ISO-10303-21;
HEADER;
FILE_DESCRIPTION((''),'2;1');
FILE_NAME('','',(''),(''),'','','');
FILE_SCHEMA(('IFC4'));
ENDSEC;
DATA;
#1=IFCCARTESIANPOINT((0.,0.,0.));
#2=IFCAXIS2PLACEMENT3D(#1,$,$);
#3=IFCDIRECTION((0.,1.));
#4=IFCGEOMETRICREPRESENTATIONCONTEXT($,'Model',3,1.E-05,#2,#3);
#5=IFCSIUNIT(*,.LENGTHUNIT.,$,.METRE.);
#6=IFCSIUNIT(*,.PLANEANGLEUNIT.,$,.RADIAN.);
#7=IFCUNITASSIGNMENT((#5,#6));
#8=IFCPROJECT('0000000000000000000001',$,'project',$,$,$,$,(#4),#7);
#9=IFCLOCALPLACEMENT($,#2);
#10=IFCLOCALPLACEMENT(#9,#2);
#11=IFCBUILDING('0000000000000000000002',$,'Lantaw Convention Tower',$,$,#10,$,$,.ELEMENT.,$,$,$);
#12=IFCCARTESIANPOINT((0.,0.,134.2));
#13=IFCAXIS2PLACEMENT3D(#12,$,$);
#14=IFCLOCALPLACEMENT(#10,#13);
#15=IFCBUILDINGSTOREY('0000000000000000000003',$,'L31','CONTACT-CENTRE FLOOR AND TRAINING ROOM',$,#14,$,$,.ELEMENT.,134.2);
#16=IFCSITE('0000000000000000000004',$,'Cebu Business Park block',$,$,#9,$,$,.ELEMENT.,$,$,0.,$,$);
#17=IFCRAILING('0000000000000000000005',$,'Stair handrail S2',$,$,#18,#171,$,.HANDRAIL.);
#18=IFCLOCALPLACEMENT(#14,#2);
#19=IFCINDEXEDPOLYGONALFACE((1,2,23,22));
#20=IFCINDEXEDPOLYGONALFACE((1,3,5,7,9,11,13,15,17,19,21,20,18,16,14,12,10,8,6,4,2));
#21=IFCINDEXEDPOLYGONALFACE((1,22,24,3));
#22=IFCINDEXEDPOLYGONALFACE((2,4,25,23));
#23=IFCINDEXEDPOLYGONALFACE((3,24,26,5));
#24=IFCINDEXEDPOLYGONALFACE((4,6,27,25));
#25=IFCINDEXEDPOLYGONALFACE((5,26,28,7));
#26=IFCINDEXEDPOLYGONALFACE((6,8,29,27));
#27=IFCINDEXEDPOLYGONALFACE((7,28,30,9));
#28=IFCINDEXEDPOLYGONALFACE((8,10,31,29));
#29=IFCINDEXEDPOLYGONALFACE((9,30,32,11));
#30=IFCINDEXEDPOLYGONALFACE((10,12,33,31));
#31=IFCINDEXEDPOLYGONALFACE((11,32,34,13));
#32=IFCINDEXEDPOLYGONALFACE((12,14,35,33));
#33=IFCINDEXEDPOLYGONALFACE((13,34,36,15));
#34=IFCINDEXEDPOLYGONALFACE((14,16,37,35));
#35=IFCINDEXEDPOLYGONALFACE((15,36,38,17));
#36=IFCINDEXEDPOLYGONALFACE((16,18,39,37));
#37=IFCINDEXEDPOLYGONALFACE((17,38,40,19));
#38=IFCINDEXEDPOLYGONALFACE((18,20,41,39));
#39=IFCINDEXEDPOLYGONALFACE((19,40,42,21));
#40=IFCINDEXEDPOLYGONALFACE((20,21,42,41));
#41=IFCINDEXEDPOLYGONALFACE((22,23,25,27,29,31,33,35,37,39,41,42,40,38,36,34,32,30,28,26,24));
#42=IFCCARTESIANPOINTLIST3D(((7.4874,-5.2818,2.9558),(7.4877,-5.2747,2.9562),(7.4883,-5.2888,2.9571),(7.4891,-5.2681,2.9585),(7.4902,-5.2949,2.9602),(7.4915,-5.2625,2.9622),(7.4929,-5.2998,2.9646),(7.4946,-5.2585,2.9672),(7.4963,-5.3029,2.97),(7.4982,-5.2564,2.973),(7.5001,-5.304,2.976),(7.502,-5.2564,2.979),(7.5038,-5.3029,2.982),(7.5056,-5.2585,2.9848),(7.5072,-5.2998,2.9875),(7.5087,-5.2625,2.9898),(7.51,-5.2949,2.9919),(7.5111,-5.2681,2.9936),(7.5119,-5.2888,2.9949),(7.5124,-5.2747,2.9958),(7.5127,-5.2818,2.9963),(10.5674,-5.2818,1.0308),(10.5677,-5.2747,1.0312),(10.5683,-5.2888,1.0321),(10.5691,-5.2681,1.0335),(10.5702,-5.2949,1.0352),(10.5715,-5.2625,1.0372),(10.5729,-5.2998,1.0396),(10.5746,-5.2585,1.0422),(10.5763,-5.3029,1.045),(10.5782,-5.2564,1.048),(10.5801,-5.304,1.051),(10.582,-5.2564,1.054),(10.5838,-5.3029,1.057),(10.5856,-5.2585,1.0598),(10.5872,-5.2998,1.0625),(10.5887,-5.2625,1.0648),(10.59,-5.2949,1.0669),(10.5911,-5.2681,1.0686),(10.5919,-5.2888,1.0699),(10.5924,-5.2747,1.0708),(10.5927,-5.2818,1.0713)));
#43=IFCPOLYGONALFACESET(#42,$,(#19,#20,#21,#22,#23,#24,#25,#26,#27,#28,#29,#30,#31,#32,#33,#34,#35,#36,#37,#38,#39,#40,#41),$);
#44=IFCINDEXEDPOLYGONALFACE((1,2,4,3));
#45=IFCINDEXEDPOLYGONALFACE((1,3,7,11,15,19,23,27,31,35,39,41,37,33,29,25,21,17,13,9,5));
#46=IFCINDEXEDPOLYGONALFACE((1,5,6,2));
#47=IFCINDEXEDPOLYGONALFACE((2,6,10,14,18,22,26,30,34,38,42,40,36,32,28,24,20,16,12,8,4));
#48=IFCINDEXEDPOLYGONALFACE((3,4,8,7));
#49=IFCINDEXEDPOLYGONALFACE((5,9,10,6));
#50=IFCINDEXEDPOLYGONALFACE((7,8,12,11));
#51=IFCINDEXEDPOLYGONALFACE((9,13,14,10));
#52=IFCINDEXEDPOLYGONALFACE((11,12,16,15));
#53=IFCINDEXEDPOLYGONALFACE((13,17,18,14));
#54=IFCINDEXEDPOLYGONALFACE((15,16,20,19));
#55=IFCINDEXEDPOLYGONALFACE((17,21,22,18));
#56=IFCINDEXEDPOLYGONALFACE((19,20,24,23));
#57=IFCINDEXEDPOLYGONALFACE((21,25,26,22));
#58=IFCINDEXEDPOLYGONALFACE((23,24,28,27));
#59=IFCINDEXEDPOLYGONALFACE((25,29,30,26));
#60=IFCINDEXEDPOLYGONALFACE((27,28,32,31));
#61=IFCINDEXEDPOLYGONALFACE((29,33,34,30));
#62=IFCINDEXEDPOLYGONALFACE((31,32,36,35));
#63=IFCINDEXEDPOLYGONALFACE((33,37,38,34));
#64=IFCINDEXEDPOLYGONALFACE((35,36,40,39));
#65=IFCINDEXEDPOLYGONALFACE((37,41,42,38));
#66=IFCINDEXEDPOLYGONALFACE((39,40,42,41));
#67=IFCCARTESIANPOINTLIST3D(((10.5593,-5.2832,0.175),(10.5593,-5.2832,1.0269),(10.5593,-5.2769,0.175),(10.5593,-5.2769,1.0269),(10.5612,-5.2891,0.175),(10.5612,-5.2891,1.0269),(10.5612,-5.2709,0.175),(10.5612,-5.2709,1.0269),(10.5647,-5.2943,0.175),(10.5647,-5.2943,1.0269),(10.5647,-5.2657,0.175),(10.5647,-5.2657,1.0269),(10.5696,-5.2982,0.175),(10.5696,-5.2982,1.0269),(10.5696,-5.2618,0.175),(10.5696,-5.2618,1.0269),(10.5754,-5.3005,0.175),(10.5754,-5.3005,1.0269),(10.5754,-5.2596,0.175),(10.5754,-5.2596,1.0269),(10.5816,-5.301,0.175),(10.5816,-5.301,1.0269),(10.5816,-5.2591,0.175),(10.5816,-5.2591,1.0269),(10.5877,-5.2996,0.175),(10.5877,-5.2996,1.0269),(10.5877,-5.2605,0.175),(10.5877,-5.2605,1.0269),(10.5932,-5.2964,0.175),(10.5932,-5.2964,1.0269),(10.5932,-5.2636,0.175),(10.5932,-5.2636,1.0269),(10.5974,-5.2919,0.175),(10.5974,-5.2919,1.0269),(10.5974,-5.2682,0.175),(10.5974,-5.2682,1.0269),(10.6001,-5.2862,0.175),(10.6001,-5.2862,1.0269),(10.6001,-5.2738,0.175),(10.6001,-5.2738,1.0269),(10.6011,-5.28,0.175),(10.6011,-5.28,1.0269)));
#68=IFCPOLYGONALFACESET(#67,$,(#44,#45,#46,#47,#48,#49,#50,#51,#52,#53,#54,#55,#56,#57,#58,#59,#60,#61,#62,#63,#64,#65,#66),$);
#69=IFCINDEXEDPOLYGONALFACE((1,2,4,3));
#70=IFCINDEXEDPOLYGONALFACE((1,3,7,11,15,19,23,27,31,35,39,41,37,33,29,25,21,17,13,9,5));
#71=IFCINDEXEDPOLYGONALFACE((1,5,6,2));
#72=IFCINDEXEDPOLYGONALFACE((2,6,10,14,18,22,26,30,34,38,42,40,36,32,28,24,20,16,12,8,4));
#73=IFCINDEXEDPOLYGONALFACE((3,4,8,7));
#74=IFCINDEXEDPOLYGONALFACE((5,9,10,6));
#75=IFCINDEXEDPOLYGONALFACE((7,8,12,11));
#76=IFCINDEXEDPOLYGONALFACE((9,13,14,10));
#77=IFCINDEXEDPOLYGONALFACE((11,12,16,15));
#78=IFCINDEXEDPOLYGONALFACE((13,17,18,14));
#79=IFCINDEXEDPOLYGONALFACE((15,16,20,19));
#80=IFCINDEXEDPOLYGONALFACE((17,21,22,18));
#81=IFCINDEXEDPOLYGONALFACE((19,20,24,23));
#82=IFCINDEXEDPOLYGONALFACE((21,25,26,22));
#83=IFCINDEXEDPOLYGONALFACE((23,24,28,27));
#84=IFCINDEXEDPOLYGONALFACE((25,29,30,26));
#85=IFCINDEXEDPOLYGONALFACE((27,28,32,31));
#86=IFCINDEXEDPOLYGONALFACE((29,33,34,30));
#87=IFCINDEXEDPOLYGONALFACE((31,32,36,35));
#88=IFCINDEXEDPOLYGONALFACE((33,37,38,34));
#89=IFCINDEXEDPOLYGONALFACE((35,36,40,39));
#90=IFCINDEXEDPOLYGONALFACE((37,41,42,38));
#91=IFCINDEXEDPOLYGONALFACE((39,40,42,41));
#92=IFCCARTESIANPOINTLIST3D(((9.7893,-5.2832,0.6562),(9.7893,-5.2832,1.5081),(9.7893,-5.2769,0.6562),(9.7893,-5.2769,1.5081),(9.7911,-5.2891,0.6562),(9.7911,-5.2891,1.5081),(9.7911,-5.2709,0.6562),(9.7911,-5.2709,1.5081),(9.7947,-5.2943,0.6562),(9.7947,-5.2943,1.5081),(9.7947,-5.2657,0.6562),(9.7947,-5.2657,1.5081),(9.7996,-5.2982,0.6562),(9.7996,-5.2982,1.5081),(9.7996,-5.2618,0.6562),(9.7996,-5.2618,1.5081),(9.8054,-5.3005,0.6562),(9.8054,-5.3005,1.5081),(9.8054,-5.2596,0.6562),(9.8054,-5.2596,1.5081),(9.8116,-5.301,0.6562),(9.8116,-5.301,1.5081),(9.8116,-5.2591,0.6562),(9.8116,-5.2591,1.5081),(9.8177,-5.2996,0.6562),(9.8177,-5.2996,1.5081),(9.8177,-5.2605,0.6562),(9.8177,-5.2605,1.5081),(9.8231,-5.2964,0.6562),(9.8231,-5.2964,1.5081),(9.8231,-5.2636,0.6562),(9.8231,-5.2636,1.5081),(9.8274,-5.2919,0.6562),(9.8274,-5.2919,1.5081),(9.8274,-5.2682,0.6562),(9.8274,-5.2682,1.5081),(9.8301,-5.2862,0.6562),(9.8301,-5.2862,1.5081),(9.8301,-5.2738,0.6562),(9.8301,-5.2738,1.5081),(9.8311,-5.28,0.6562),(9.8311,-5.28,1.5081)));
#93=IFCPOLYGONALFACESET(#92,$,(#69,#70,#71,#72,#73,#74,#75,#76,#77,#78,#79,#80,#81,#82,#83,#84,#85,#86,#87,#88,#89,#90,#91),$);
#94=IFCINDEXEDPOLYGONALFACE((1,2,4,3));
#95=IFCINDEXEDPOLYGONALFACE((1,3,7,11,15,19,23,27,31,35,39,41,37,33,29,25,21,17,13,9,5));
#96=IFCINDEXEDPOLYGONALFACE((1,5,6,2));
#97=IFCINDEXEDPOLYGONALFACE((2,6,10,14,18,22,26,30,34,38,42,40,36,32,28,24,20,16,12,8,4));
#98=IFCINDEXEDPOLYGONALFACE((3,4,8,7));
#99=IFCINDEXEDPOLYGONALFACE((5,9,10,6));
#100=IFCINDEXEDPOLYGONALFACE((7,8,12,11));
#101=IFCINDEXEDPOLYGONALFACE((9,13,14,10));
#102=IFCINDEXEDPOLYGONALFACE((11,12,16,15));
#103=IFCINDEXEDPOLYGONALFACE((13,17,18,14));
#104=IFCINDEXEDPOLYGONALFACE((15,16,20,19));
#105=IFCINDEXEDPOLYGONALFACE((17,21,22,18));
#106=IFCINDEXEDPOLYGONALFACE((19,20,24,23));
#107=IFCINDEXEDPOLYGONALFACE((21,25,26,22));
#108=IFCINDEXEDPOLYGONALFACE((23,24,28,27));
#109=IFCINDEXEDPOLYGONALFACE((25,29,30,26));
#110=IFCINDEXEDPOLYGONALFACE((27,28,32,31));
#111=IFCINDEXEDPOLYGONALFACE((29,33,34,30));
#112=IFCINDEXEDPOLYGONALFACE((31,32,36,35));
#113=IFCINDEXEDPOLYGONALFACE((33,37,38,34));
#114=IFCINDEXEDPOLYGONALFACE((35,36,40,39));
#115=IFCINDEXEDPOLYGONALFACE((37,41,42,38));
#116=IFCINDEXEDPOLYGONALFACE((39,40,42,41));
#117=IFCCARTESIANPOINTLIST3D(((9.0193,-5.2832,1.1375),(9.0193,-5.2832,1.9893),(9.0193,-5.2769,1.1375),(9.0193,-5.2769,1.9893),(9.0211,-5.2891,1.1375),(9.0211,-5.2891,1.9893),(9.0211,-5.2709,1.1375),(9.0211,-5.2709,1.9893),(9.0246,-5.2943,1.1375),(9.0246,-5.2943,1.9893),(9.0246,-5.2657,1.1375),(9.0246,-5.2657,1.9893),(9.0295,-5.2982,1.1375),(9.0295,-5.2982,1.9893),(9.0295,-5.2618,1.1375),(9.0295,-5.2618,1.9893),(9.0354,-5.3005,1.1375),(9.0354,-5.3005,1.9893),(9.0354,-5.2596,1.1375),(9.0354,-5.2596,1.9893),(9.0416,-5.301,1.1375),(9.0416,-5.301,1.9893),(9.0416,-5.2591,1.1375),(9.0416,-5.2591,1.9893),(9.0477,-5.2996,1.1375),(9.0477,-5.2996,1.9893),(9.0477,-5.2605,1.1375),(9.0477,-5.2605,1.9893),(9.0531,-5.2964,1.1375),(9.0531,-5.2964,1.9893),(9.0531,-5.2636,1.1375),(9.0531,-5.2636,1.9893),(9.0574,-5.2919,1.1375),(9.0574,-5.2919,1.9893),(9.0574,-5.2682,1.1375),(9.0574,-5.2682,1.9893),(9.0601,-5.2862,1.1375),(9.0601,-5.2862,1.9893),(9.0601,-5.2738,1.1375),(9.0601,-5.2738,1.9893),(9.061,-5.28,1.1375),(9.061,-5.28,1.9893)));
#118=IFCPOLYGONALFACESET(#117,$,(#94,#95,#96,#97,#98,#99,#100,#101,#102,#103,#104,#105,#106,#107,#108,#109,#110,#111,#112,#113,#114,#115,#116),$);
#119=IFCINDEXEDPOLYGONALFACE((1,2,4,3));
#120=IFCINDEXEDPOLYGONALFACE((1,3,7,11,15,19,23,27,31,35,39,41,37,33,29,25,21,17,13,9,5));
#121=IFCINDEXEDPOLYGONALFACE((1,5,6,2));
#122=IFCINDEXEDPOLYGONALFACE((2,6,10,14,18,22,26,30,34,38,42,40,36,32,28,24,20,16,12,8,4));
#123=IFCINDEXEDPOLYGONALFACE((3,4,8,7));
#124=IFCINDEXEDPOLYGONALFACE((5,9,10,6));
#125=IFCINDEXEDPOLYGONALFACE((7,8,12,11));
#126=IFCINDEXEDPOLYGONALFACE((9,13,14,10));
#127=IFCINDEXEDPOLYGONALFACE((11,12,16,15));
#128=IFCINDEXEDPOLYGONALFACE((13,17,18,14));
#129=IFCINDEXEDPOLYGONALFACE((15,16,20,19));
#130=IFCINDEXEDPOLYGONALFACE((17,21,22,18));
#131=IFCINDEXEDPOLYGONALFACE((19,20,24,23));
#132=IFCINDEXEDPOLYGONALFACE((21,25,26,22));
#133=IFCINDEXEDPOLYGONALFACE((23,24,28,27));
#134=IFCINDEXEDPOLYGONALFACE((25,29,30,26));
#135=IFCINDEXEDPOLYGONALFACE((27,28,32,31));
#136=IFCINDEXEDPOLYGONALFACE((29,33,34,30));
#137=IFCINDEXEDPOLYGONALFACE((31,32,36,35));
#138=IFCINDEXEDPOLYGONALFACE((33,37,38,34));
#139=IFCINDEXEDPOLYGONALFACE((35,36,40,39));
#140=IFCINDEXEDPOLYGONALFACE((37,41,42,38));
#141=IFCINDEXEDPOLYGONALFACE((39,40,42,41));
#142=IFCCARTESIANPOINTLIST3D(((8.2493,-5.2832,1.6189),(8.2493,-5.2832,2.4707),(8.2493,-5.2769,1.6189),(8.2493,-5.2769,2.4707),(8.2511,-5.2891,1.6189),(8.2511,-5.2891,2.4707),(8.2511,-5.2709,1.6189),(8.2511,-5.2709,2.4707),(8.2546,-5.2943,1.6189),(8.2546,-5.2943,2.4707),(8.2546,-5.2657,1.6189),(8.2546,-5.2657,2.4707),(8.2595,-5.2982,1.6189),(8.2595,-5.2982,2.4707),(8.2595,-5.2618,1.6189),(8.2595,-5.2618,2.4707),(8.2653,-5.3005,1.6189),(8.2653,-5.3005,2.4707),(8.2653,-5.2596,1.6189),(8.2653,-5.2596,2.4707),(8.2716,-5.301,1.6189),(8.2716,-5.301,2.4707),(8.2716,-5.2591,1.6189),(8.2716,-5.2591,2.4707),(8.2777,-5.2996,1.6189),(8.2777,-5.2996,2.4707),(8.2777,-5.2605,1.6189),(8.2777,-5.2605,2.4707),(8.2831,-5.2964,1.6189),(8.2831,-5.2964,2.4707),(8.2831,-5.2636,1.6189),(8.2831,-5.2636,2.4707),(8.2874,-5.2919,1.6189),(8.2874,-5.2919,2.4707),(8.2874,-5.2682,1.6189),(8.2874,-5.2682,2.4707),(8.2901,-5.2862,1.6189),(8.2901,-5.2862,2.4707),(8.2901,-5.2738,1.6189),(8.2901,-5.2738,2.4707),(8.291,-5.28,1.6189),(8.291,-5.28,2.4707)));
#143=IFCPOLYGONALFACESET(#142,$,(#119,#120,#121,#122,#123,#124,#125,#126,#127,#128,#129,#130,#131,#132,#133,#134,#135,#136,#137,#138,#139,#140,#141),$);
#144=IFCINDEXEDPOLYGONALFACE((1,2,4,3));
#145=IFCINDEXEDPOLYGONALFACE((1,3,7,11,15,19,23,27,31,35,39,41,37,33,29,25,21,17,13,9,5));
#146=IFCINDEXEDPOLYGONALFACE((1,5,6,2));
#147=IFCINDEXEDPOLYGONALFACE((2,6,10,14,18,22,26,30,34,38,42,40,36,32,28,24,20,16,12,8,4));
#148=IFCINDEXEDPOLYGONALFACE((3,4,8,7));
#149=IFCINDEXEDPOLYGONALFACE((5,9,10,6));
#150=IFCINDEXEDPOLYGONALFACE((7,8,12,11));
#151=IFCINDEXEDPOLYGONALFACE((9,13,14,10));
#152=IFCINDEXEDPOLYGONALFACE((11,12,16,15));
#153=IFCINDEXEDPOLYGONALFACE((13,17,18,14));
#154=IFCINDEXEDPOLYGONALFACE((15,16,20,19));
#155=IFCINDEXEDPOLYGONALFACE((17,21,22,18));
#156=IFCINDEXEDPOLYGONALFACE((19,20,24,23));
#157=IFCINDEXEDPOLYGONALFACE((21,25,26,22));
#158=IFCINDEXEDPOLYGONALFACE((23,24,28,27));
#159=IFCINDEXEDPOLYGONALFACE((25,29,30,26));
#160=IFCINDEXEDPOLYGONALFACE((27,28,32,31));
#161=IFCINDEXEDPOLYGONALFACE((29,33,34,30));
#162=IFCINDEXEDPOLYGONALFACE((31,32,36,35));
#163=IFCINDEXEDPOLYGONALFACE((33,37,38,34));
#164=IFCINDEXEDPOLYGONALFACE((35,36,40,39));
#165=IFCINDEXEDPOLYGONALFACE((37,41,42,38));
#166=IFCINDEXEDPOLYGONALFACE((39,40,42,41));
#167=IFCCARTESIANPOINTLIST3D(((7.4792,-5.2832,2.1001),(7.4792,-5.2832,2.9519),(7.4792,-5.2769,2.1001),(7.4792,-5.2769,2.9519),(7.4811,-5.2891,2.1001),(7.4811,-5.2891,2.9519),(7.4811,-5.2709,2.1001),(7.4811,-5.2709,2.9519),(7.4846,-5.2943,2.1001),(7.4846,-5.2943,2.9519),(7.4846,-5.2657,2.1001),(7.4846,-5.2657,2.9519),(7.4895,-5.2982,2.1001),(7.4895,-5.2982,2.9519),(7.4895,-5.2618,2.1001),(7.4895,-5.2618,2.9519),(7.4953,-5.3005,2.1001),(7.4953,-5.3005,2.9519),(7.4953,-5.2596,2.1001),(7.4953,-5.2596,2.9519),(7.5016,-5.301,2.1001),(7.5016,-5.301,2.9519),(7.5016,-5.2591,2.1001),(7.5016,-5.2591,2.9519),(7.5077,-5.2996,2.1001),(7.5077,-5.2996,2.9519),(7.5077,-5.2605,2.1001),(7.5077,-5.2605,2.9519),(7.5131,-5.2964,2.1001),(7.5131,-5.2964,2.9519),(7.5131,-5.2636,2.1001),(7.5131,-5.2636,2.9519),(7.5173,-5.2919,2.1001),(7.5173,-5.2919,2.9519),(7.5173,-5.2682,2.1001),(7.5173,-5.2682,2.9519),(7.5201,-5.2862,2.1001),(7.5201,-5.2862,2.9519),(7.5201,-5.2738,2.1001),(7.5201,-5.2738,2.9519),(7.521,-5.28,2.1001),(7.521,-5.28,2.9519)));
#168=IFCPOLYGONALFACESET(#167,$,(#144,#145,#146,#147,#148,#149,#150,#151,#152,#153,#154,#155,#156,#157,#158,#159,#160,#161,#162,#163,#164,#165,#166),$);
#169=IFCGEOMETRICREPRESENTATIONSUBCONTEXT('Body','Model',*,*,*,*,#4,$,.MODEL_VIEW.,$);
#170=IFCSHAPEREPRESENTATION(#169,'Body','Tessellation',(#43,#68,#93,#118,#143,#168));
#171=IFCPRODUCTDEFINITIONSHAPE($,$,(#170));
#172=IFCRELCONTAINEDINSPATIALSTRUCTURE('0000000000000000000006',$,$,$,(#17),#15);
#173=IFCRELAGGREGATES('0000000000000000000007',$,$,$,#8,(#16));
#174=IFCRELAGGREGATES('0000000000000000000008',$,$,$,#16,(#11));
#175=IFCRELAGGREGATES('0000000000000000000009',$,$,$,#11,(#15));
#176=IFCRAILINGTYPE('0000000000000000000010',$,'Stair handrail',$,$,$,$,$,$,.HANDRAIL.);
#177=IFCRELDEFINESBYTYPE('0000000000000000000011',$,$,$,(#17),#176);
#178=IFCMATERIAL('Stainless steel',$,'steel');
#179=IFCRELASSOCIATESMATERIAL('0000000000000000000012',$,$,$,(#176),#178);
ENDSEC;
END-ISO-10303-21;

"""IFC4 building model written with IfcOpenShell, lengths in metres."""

from ifc_helpers import new_model, si_unit, direction, frame, origin, origin_2d, place, context, subcontext, project, spatial, circle, extrude, material, type_object, element, save


model = new_model("IFC4")

# Units and contexts
model_context = context("Model", 3, precision=1e-05, world=origin(), true_north=direction((0.0, 1.0)))
body_context = subcontext(model_context, "Body", "Model", "MODEL_VIEW")
ifc_project = project(units=[si_unit("LENGTHUNIT", "METRE"), si_unit("PLANEANGLEUNIT", "RADIAN")], contexts=[model_context])

# Site, building, storey
site_placement = place(None, origin())
site = spatial("IfcSite", under=ifc_project, at=site_placement, Name="Cebu Business Park block", CompositionType="ELEMENT", RefElevation=0.0)
building_placement = place(site_placement, origin())
building = spatial("IfcBuilding", under=site, at=building_placement, Name="Lantaw Convention Tower", CompositionType="ELEMENT")
storey_placement = place(building_placement, frame((0.0, 0.0, 134.2)))
storey = spatial("IfcBuildingStorey", under=building, at=storey_placement, Name="L31", Description="CONTACT-CENTRE FLOOR AND TRAINING ROOM", CompositionType="ELEMENT", Elevation=134.2)

# Railing
ifc_material_1 = material(Name="Stainless steel", Category="steel")
railing_type = type_object("IfcRailingType", Name="Stair handrail", PredefinedType="HANDRAIL", material=ifc_material_1)
railing_1_placement = place(storey_placement, frame((10.5801, -5.28, 0.175)))
element("IfcRailing", 1, at=railing_1_placement, inside=storey, type_object=railing_type, Name="Stair handrail S2", PredefinedType="HANDRAIL", context=body_context, shape_type="SweptSolid", body=[
    extrude(circle(Radius=0.0239, at=origin_2d()), frame((0.0, 0.0, 0.876), z_axis=(-0.847998, 0.0, 0.529999), x_axis=(0.0, -1.0, 0.0)), (0.0, 0.0, 1.0), 3.6321),
    extrude(circle(Radius=0.021, at=origin_2d()), origin(), (0.0, 0.0, 1.0), 0.8518),
    extrude(circle(Radius=0.021, at=origin_2d()), frame((-0.77, 0.0, 0.4812)), (0.0, 0.0, 1.0), 0.8518),
    extrude(circle(Radius=0.021, at=origin_2d()), frame((-1.54, 0.0, 0.9624)), (0.0, 0.0, 1.0), 0.8518),
    extrude(circle(Radius=0.021, at=origin_2d()), frame((-2.3101, 0.0, 1.4438)), (0.0, 0.0, 1.0), 0.8518),
    extrude(circle(Radius=0.021, at=origin_2d()), frame((-3.0801, 0.0, 1.925)), (0.0, 0.0, 1.0), 0.8518),
])

save(model, "model.ifc")
